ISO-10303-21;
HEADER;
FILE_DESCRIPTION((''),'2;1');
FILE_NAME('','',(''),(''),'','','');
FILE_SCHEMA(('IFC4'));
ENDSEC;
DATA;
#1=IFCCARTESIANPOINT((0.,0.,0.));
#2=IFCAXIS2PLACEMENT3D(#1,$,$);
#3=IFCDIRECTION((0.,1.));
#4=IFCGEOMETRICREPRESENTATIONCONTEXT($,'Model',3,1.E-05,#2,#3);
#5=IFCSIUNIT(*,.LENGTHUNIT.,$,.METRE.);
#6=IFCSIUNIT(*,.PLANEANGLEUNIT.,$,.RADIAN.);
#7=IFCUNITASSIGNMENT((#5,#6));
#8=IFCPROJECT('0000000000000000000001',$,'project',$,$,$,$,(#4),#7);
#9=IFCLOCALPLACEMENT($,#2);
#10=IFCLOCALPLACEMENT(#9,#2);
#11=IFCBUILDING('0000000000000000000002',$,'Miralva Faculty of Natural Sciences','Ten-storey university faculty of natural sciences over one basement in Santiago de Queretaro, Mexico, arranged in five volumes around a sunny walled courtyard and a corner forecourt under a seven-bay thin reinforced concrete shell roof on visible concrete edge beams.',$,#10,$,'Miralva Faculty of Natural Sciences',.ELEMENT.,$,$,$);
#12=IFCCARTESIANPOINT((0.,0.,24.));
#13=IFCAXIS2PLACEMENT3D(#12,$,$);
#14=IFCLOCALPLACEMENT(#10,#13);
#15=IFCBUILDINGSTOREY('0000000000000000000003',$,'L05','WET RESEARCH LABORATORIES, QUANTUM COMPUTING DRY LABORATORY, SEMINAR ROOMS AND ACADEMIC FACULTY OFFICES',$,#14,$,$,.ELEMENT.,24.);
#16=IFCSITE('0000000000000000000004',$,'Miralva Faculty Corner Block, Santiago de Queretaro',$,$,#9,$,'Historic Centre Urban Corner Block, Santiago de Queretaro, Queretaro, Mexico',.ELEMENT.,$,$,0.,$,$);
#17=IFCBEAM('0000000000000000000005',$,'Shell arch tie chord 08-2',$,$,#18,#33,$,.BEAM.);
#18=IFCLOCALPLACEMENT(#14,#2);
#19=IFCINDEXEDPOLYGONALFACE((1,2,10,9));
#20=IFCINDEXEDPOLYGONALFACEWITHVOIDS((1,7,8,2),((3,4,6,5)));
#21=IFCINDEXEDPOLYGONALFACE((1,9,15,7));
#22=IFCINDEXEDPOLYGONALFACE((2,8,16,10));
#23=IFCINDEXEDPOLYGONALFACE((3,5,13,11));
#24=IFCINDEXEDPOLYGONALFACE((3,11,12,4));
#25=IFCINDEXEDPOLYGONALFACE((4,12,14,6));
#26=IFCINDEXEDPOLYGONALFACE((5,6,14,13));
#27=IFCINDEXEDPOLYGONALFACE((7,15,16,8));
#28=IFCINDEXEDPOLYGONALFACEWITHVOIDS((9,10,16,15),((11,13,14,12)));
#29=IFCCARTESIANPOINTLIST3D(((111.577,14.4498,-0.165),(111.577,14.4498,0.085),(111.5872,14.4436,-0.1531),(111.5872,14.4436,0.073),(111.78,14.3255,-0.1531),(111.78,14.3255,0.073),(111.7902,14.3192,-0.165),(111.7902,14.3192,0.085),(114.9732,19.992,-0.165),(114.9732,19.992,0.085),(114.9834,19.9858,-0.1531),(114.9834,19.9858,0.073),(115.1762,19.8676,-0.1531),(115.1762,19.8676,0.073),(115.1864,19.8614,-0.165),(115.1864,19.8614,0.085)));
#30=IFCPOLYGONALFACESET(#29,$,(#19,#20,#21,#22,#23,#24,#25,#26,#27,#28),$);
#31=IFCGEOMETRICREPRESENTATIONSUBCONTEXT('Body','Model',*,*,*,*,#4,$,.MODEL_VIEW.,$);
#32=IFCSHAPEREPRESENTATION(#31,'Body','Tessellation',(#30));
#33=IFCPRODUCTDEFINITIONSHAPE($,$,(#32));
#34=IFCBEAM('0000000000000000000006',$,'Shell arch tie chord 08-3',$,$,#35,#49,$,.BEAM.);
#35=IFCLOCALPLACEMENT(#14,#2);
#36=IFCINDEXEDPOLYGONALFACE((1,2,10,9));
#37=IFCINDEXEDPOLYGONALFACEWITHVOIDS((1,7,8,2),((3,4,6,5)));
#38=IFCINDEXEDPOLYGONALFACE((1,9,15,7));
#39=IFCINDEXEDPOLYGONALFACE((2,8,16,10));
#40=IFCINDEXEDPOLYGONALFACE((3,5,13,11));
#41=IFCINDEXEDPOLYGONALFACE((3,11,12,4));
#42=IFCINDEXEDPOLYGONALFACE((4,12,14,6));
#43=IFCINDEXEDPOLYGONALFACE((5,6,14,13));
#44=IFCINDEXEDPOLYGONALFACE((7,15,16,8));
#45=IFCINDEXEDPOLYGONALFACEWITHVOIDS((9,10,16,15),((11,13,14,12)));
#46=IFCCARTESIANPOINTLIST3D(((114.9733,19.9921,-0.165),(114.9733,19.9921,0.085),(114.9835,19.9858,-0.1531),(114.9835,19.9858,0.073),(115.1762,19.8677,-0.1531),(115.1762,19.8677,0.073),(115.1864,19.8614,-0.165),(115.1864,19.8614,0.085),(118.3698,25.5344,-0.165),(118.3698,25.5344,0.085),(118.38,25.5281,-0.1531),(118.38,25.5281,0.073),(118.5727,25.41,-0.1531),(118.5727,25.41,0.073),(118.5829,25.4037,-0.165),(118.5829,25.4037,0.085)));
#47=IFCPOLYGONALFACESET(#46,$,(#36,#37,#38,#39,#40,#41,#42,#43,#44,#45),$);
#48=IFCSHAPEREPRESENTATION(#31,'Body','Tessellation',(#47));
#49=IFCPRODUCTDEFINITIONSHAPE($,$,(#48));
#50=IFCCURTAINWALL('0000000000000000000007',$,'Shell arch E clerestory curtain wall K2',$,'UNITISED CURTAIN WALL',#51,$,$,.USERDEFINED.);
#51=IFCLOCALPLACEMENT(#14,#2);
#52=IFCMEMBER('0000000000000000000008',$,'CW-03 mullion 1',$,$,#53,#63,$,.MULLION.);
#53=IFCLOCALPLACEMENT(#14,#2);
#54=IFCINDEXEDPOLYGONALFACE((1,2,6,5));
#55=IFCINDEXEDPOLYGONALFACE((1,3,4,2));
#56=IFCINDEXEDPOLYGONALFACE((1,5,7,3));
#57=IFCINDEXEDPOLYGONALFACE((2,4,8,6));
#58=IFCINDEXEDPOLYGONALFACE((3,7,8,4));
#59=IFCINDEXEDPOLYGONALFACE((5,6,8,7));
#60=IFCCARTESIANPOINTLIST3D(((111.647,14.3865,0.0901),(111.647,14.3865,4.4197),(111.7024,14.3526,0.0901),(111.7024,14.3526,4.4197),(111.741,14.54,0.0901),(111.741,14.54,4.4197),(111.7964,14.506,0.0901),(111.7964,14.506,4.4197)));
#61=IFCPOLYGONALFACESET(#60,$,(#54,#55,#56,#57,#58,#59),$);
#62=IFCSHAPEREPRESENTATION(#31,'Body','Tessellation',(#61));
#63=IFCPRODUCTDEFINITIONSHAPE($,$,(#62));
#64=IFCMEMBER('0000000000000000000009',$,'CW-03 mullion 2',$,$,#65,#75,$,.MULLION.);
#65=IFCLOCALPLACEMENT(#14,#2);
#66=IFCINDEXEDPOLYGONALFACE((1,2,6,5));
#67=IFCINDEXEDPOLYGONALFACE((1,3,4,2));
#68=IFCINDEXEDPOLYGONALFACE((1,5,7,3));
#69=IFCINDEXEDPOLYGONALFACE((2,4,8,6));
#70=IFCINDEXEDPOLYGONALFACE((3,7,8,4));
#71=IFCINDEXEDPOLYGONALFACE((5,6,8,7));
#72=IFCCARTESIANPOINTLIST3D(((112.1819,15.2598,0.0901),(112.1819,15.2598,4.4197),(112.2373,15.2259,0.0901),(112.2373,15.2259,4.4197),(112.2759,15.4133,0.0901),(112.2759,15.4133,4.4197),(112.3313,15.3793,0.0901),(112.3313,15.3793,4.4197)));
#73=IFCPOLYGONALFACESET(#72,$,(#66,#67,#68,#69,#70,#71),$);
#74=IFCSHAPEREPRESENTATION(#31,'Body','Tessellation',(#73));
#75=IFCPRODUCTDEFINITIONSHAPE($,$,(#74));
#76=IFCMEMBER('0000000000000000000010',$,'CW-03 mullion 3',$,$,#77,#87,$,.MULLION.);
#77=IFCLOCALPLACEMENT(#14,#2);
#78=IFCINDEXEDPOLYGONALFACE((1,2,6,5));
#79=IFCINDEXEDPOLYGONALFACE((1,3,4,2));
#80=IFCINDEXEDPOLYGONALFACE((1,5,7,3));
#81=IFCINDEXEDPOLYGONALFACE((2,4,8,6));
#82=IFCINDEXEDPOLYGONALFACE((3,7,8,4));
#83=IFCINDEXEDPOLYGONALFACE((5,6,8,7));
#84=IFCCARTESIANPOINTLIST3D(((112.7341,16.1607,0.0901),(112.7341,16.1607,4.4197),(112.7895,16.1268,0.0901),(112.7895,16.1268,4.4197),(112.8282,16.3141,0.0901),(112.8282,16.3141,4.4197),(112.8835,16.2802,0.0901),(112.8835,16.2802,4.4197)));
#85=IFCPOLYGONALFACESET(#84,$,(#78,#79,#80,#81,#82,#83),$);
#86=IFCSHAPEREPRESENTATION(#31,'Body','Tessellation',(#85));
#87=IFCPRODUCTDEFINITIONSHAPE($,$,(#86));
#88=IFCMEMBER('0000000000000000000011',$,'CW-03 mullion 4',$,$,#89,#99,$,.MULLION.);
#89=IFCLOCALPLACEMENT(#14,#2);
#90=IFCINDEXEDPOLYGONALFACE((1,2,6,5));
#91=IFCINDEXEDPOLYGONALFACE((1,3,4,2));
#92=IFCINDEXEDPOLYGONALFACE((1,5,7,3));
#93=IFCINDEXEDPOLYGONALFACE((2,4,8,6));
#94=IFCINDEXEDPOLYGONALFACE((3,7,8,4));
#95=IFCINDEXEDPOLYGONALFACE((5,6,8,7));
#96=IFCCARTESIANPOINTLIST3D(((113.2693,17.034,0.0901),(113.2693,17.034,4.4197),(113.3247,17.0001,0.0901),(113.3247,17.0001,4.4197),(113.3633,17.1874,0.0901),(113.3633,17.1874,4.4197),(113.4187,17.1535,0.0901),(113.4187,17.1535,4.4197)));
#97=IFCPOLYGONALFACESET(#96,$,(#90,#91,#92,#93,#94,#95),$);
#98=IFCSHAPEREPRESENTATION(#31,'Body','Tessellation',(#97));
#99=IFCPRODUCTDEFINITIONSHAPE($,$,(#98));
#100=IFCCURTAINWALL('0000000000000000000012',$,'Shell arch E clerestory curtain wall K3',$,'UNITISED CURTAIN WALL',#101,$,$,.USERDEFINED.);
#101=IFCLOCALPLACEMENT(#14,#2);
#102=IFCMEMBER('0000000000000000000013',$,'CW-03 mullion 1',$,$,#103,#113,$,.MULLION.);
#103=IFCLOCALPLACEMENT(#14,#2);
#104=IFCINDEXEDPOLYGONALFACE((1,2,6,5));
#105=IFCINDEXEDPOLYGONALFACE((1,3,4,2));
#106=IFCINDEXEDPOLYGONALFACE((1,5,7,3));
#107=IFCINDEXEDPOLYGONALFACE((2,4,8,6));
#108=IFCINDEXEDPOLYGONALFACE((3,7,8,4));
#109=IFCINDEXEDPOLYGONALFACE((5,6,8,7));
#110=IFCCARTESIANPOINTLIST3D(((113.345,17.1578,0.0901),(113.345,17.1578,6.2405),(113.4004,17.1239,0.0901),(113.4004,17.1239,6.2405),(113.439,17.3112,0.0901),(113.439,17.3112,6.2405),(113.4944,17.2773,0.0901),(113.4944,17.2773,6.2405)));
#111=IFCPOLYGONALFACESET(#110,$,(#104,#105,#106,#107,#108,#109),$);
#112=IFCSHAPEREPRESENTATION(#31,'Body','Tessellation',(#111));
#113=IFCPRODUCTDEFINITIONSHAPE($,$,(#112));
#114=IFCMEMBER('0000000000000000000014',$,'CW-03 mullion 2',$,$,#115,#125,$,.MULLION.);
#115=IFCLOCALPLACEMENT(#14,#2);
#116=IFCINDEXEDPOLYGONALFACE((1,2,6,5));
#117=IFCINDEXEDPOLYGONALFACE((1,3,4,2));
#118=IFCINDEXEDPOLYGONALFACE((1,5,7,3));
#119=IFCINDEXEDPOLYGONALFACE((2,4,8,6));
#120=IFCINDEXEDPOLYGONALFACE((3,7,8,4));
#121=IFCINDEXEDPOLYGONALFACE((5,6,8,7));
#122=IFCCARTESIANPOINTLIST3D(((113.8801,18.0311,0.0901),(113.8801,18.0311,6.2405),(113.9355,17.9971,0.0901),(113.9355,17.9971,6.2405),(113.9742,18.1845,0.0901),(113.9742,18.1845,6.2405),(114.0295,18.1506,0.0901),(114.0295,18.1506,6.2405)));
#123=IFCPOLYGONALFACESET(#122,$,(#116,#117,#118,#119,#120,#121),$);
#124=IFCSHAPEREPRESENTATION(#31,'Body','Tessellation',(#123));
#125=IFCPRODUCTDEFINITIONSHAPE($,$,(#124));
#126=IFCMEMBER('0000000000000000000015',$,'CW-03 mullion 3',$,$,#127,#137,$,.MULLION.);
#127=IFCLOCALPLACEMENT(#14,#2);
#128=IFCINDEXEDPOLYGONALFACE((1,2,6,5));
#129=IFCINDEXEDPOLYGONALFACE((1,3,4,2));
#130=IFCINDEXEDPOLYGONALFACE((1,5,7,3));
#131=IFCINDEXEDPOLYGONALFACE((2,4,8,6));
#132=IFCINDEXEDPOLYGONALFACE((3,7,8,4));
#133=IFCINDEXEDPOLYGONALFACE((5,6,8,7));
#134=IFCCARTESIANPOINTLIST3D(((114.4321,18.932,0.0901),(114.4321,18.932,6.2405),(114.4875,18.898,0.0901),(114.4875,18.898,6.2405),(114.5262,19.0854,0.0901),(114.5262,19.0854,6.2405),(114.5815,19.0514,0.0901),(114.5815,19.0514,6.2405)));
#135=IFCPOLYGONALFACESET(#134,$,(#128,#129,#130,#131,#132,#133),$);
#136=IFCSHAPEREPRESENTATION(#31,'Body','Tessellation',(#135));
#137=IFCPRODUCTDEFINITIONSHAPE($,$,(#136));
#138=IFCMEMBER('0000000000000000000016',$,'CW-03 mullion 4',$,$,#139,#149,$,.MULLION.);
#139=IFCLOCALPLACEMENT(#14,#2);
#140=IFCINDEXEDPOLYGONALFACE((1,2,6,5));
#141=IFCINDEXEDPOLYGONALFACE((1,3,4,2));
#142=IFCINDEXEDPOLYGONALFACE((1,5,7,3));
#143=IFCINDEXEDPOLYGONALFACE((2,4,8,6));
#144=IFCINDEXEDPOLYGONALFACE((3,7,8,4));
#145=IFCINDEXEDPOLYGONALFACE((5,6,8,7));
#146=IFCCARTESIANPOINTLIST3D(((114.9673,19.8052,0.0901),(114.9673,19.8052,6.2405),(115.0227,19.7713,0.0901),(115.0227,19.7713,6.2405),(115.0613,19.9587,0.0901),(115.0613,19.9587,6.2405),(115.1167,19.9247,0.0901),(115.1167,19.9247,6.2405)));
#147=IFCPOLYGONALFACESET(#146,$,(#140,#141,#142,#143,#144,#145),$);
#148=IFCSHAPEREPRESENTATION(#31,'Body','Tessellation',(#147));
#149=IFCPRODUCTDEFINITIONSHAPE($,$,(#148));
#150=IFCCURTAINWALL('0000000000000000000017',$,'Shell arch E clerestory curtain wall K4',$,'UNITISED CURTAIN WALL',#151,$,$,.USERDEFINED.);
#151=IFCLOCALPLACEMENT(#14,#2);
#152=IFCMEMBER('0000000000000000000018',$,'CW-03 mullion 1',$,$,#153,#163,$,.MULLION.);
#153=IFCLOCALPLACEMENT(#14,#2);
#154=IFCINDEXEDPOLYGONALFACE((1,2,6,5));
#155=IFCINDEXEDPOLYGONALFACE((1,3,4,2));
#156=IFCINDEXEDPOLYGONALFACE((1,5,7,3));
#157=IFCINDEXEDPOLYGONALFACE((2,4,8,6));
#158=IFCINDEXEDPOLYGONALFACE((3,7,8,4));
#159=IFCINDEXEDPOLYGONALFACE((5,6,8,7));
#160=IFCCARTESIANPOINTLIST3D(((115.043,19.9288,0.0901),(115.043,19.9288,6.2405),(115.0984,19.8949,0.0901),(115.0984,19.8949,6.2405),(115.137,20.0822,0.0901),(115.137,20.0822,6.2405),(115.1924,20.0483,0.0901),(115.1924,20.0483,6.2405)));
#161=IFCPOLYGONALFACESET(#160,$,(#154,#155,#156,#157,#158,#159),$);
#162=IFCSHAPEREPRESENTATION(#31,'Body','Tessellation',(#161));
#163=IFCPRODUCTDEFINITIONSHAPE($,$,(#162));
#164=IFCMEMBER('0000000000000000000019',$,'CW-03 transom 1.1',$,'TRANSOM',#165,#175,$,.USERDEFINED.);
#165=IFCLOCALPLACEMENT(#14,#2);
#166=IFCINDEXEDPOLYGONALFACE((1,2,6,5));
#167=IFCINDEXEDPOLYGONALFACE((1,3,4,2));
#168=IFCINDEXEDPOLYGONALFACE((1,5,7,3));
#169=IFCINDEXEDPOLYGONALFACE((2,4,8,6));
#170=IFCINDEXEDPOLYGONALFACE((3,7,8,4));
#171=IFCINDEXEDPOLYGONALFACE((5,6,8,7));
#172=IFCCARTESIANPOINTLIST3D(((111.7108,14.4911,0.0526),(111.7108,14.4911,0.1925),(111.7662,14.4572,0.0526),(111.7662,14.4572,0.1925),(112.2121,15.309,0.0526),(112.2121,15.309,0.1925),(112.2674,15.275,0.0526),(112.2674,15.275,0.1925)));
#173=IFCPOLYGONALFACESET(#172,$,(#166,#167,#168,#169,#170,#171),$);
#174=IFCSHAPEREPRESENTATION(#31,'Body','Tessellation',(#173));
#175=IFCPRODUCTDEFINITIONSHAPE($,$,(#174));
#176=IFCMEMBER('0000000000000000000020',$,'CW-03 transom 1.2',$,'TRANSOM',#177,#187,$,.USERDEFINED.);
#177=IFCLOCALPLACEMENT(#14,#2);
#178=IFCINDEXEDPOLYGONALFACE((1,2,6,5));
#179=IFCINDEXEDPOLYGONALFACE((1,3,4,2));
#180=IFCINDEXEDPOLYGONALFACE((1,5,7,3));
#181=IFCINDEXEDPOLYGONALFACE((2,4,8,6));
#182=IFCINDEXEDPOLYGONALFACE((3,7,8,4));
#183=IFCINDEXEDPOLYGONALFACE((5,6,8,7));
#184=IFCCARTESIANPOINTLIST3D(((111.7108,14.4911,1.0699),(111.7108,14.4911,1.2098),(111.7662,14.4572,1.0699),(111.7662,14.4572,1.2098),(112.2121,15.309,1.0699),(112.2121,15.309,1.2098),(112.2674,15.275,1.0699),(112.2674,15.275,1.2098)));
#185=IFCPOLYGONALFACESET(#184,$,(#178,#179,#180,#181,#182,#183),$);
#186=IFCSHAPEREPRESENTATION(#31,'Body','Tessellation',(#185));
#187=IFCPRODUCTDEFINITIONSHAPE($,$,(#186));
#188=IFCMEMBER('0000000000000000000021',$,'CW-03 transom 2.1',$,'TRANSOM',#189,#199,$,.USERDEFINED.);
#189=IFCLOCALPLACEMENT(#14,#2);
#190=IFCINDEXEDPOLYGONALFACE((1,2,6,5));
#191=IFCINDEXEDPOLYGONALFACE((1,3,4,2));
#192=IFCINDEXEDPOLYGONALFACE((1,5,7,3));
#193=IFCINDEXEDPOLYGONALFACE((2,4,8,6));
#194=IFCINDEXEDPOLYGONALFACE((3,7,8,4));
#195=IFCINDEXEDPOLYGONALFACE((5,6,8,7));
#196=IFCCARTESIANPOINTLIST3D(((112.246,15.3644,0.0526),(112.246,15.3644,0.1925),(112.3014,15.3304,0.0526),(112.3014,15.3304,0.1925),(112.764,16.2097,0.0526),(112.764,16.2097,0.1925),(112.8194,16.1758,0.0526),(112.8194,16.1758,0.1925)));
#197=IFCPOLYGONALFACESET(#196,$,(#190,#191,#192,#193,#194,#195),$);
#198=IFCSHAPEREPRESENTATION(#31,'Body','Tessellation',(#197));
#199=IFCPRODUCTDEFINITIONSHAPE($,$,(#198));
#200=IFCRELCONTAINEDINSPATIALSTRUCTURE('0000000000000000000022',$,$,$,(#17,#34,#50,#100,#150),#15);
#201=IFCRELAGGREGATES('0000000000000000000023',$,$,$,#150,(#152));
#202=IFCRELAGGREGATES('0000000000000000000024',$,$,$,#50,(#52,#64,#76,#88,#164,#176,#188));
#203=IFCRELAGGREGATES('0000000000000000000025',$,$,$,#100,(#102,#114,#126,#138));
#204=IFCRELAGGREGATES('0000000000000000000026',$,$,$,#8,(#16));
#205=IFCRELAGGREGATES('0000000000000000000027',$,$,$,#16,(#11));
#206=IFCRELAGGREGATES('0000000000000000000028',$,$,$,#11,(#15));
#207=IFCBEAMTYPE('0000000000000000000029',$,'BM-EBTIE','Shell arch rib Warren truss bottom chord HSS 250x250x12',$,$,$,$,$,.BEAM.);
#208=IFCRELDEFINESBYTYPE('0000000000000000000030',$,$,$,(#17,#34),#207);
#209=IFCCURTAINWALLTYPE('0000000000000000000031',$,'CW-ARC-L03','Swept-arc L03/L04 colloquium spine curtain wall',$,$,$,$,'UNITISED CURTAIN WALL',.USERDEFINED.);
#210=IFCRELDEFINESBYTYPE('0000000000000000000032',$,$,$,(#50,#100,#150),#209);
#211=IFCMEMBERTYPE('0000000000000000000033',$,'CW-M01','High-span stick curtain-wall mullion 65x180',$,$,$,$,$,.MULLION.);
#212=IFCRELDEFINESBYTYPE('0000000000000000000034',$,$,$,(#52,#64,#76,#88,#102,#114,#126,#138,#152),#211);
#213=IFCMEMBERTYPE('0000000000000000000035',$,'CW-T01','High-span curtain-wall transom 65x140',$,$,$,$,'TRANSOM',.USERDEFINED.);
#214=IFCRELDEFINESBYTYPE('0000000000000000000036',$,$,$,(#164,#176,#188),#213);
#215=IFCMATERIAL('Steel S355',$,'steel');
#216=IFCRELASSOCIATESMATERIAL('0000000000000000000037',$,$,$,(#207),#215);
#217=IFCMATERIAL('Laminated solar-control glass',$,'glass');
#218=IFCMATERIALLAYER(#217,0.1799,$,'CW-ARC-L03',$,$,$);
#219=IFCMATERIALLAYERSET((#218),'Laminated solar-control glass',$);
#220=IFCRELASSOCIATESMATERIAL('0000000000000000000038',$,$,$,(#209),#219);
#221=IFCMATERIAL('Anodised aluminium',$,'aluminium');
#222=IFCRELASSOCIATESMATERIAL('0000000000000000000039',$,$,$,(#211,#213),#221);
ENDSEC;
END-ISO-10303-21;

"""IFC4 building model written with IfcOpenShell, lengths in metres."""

from ifc_helpers import new_model, si_unit, direction, frame, origin, origin_2d, place, context, subcontext, project, spatial, rectangle, hollow_rectangle, extrude, material, layer, layer_set, material_profile, profile_set, type_object, element, aggregate, save


model = new_model("IFC4")

# Units and contexts
model_context = context("Model", 3, precision=1e-05, world=origin(), true_north=direction((0.0, 1.0)))
body_context = subcontext(model_context, "Body", "Model", "MODEL_VIEW")
ifc_project = project(units=[si_unit("LENGTHUNIT", "METRE"), si_unit("PLANEANGLEUNIT", "RADIAN")], contexts=[model_context])

# Site, building, storey
site_placement = place(None, origin())
site = spatial("IfcSite", under=ifc_project, at=site_placement, Name="Miralva Faculty Corner Block, Santiago de Queretaro", LongName="Historic Centre Urban Corner Block, Santiago de Queretaro, Queretaro, Mexico", CompositionType="ELEMENT", RefElevation=0.0)
building_placement = place(site_placement, origin())
building = spatial("IfcBuilding", under=site, at=building_placement, Name="Miralva Faculty of Natural Sciences", Description="Ten-storey university faculty of natural sciences over one basement in Santiago de Queretaro, Mexico, arranged in five volumes around a sunny walled courtyard and a corner forecourt under a seven-bay thin reinforced concrete shell roof on visible concrete edge beams.", LongName="Miralva Faculty of Natural Sciences", CompositionType="ELEMENT")
storey_placement = place(building_placement, frame((0.0, 0.0, 24.0)))
storey = spatial("IfcBuildingStorey", under=building, at=storey_placement, Name="L05", Description="WET RESEARCH LABORATORIES, QUANTUM COMPUTING DRY LABORATORY, SEMINAR ROOMS AND ACADEMIC FACULTY OFFICES", CompositionType="ELEMENT", Elevation=24.0)

# Beams
ifc_material_1 = material(Name="Steel S355", Category="steel")
ifc_material_profile_1 = material_profile(ifc_material_1, hollow_rectangle(XDim=0.25, YDim=0.25, WallThickness=0.012, at=origin_2d()), Name="HSS 250x250x12")
ifc_profile_set_1 = profile_set([ifc_material_profile_1], Name="Steel S355")
beam_type = type_object("IfcBeamType", Name="BM-EBTIE", Description="Shell arch rib Warren truss bottom chord HSS 250x250x12", PredefinedType="BEAM", material=ifc_profile_set_1)
beam_1_placement = place(storey_placement, frame((111.6836, 14.3845, -0.04), z_axis=(0.522493, 0.852643, 0.0), x_axis=(-0.852643, 0.522493, 0.0)))
element("IfcBeam", 1, at=beam_1_placement, inside=storey, type_object=beam_type, Name="Shell arch tie chord 08-2", PredefinedType="BEAM", context=body_context, shape_type="SweptSolid", body=[
    extrude(hollow_rectangle(XDim=0.25, YDim=0.25, WallThickness=0.012, at=origin_2d()), origin(), (0.0, 0.0, 1.0), 6.5),
])
beam_2_placement = place(storey_placement, frame((115.0798, 19.9268, -0.04), z_axis=(0.522521, 0.852627, 0.0), x_axis=(-0.852627, 0.522521, 0.0)))
element("IfcBeam", 2, at=beam_2_placement, inside=storey, type_object=beam_type, Name="Shell arch tie chord 08-3", PredefinedType="BEAM", context=body_context, shape_type="SweptSolid", body=[
    extrude(hollow_rectangle(XDim=0.25, YDim=0.25, WallThickness=0.012, at=origin_2d()), origin(), (0.0, 0.0, 1.0), 6.5002),
])

# Curtain walls, members
ifc_material_2 = material(Name="Laminated solar-control glass", Category="glass")
ifc_layer_1 = layer(ifc_material_2, 0.1799, Name="CW-ARC-L03")
ifc_layer_set_1 = layer_set([ifc_layer_1], Name="Laminated solar-control glass")
curtain_wall_type = type_object("IfcCurtainWallType", Name="CW-ARC-L03", Description="Swept-arc L03/L04 colloquium spine curtain wall", ElementType="UNITISED CURTAIN WALL", PredefinedType="USERDEFINED", material=ifc_layer_set_1)
curtain_wall_1_placement = place(storey_placement, origin())
curtain_wall_1 = element("IfcCurtainWall", 3, at=curtain_wall_1_placement, inside=storey, type_object=curtain_wall_type, Name="Shell arch E clerestory curtain wall K2", ObjectType="UNITISED CURTAIN WALL", PredefinedType="USERDEFINED")
ifc_material_3 = material(Name="Anodised aluminium", Category="aluminium")
ifc_material_profile_2 = material_profile(ifc_material_3, rectangle(XDim=0.0649, YDim=0.1799, at=origin_2d()), Name="MULLION 65x180")
ifc_profile_set_2 = profile_set([ifc_material_profile_2], Name="Anodised aluminium")
member_type_1 = type_object("IfcMemberType", Name="CW-M01", Description="High-span stick curtain-wall mullion 65x180", PredefinedType="MULLION", material=ifc_profile_set_2)
member_1_placement = place(storey_placement, frame((111.7217, 14.4463, 0.0901), z_axis=(0.0, 0.0, 1.0), x_axis=(-0.852637, 0.522504, 0.0)))
member_1 = element("IfcMember", 4, at=member_1_placement, type_object=member_type_1, Name="CW-03 mullion 1", PredefinedType="MULLION", context=body_context, shape_type="SweptSolid", body=[
    extrude(rectangle(XDim=0.0649, YDim=0.1799, at=origin_2d()), origin(), (0.0, 0.0, 1.0), 4.3296),
])
member_2_placement = place(storey_placement, frame((112.2566, 15.3196, 0.0901), z_axis=(0.0, 0.0, 1.0), x_axis=(-0.852637, 0.522504, 0.0)))
member_2 = element("IfcMember", 5, at=member_2_placement, type_object=member_type_1, Name="CW-03 mullion 2", PredefinedType="MULLION", context=body_context, shape_type="SweptSolid", body=[
    extrude(rectangle(XDim=0.0649, YDim=0.1799, at=origin_2d()), origin(), (0.0, 0.0, 1.0), 4.3296),
])
member_3_placement = place(storey_placement, frame((112.8088, 16.2205, 0.0901), z_axis=(0.0, 0.0, 1.0), x_axis=(-0.852637, 0.522504, 0.0)))
member_3 = element("IfcMember", 6, at=member_3_placement, type_object=member_type_1, Name="CW-03 mullion 3", PredefinedType="MULLION", context=body_context, shape_type="SweptSolid", body=[
    extrude(rectangle(XDim=0.0649, YDim=0.1799, at=origin_2d()), origin(), (0.0, 0.0, 1.0), 4.3296),
])
member_4_placement = place(storey_placement, frame((113.344, 17.0938, 0.0901), z_axis=(0.0, 0.0, 1.0), x_axis=(-0.852637, 0.522504, 0.0)))
member_4 = element("IfcMember", 7, at=member_4_placement, type_object=member_type_1, Name="CW-03 mullion 4", PredefinedType="MULLION", context=body_context, shape_type="SweptSolid", body=[
    extrude(rectangle(XDim=0.0649, YDim=0.1799, at=origin_2d()), origin(), (0.0, 0.0, 1.0), 4.3296),
])
curtain_wall_2_placement = place(storey_placement, origin())
curtain_wall_2 = element("IfcCurtainWall", 8, at=curtain_wall_2_placement, inside=storey, type_object=curtain_wall_type, Name="Shell arch E clerestory curtain wall K3", ObjectType="UNITISED CURTAIN WALL", PredefinedType="USERDEFINED")
member_5_placement = place(storey_placement, frame((113.4197, 17.2175, 0.0901), z_axis=(0.0, 0.0, 1.0), x_axis=(-0.852637, 0.522504, 0.0)))
member_5 = element("IfcMember", 9, at=member_5_placement, type_object=member_type_1, Name="CW-03 mullion 1", PredefinedType="MULLION", context=body_context, shape_type="SweptSolid", body=[
    extrude(rectangle(XDim=0.0649, YDim=0.1799, at=origin_2d()), origin(), (0.0, 0.0, 1.0), 6.1504),
])
member_6_placement = place(storey_placement, frame((113.9548, 18.0908, 0.0901), z_axis=(0.0, 0.0, 1.0), x_axis=(-0.852637, 0.522504, 0.0)))
member_6 = element("IfcMember", 10, at=member_6_placement, type_object=member_type_1, Name="CW-03 mullion 2", PredefinedType="MULLION", context=body_context, shape_type="SweptSolid", body=[
    extrude(rectangle(XDim=0.0649, YDim=0.1799, at=origin_2d()), origin(), (0.0, 0.0, 1.0), 6.1504),
])
member_7_placement = place(storey_placement, frame((114.5068, 18.9917, 0.0901), z_axis=(0.0, 0.0, 1.0), x_axis=(-0.852637, 0.522504, 0.0)))
member_7 = element("IfcMember", 11, at=member_7_placement, type_object=member_type_1, Name="CW-03 mullion 3", PredefinedType="MULLION", context=body_context, shape_type="SweptSolid", body=[
    extrude(rectangle(XDim=0.0649, YDim=0.1799, at=origin_2d()), origin(), (0.0, 0.0, 1.0), 6.1504),
])
member_8_placement = place(storey_placement, frame((115.042, 19.865, 0.0901), z_axis=(0.0, 0.0, 1.0), x_axis=(-0.852637, 0.522504, 0.0)))
member_8 = element("IfcMember", 12, at=member_8_placement, type_object=member_type_1, Name="CW-03 mullion 4", PredefinedType="MULLION", context=body_context, shape_type="SweptSolid", body=[
    extrude(rectangle(XDim=0.0649, YDim=0.1799, at=origin_2d()), origin(), (0.0, 0.0, 1.0), 6.1504),
])

# Curtain wall, member
curtain_wall_3_placement = place(storey_placement, origin())
curtain_wall_3 = element("IfcCurtainWall", 13, at=curtain_wall_3_placement, inside=storey, type_object=curtain_wall_type, Name="Shell arch E clerestory curtain wall K4", ObjectType="UNITISED CURTAIN WALL", PredefinedType="USERDEFINED")
member_9_placement = place(storey_placement, frame((115.1177, 19.9885, 0.0901), z_axis=(0.0, 0.0, 1.0), x_axis=(-0.852632, 0.522512, 0.0)))
member_9 = element("IfcMember", 14, at=member_9_placement, type_object=member_type_1, Name="CW-03 mullion 1", PredefinedType="MULLION", context=body_context, shape_type="SweptSolid", body=[
    extrude(rectangle(XDim=0.0649, YDim=0.1799, at=origin_2d()), origin(), (0.0, 0.0, 1.0), 6.1504),
])

# Members
ifc_material_profile_3 = material_profile(ifc_material_3, rectangle(XDim=0.0649, YDim=0.1399, at=origin_2d()), Name="TRANSOM 65x140")
ifc_profile_set_3 = profile_set([ifc_material_profile_3], Name="Anodised aluminium")
member_type_2 = type_object("IfcMemberType", Name="CW-T01", Description="High-span curtain-wall transom 65x140", ElementType="TRANSOM", PredefinedType="USERDEFINED", material=ifc_profile_set_3)
member_10_placement = place(storey_placement, frame((111.7385, 14.4741, 0.1226), z_axis=(0.52252, 0.852627, 0.0), x_axis=(-0.852627, 0.52252, 0.0)))
member_10 = element("IfcMember", 15, at=member_10_placement, type_object=member_type_2, Name="CW-03 transom 1.1", ObjectType="TRANSOM", PredefinedType="USERDEFINED", context=body_context, shape_type="SweptSolid", body=[
    extrude(rectangle(XDim=0.0649, YDim=0.1399, at=origin_2d()), origin(), (0.0, 0.0, 1.0), 0.9592),
])
member_11_placement = place(storey_placement, frame((111.7385, 14.4741, 1.1399), z_axis=(0.52252, 0.852627, 0.0), x_axis=(-0.852627, 0.52252, 0.0)))
member_11 = element("IfcMember", 16, at=member_11_placement, type_object=member_type_2, Name="CW-03 transom 1.2", ObjectType="TRANSOM", PredefinedType="USERDEFINED", context=body_context, shape_type="SweptSolid", body=[
    extrude(rectangle(XDim=0.0649, YDim=0.1399, at=origin_2d()), origin(), (0.0, 0.0, 1.0), 0.9592),
])
member_12_placement = place(storey_placement, frame((112.2737, 15.3474, 0.1226), z_axis=(0.522475, 0.852654, 0.0), x_axis=(-0.852654, 0.522475, 0.0)))
member_12 = element("IfcMember", 17, at=member_12_placement, type_object=member_type_2, Name="CW-03 transom 2.1", ObjectType="TRANSOM", PredefinedType="USERDEFINED", context=body_context, shape_type="SweptSolid", body=[
    extrude(rectangle(XDim=0.0649, YDim=0.1399, at=origin_2d()), origin(), (0.0, 0.0, 1.0), 0.9915),
])
aggregate(curtain_wall_3, [member_9])

aggregate(curtain_wall_1, [member_1, member_2, member_3, member_4, member_10, member_11, member_12])
aggregate(curtain_wall_2, [member_5, member_6, member_7, member_8])

save(model, "model.ifc")
